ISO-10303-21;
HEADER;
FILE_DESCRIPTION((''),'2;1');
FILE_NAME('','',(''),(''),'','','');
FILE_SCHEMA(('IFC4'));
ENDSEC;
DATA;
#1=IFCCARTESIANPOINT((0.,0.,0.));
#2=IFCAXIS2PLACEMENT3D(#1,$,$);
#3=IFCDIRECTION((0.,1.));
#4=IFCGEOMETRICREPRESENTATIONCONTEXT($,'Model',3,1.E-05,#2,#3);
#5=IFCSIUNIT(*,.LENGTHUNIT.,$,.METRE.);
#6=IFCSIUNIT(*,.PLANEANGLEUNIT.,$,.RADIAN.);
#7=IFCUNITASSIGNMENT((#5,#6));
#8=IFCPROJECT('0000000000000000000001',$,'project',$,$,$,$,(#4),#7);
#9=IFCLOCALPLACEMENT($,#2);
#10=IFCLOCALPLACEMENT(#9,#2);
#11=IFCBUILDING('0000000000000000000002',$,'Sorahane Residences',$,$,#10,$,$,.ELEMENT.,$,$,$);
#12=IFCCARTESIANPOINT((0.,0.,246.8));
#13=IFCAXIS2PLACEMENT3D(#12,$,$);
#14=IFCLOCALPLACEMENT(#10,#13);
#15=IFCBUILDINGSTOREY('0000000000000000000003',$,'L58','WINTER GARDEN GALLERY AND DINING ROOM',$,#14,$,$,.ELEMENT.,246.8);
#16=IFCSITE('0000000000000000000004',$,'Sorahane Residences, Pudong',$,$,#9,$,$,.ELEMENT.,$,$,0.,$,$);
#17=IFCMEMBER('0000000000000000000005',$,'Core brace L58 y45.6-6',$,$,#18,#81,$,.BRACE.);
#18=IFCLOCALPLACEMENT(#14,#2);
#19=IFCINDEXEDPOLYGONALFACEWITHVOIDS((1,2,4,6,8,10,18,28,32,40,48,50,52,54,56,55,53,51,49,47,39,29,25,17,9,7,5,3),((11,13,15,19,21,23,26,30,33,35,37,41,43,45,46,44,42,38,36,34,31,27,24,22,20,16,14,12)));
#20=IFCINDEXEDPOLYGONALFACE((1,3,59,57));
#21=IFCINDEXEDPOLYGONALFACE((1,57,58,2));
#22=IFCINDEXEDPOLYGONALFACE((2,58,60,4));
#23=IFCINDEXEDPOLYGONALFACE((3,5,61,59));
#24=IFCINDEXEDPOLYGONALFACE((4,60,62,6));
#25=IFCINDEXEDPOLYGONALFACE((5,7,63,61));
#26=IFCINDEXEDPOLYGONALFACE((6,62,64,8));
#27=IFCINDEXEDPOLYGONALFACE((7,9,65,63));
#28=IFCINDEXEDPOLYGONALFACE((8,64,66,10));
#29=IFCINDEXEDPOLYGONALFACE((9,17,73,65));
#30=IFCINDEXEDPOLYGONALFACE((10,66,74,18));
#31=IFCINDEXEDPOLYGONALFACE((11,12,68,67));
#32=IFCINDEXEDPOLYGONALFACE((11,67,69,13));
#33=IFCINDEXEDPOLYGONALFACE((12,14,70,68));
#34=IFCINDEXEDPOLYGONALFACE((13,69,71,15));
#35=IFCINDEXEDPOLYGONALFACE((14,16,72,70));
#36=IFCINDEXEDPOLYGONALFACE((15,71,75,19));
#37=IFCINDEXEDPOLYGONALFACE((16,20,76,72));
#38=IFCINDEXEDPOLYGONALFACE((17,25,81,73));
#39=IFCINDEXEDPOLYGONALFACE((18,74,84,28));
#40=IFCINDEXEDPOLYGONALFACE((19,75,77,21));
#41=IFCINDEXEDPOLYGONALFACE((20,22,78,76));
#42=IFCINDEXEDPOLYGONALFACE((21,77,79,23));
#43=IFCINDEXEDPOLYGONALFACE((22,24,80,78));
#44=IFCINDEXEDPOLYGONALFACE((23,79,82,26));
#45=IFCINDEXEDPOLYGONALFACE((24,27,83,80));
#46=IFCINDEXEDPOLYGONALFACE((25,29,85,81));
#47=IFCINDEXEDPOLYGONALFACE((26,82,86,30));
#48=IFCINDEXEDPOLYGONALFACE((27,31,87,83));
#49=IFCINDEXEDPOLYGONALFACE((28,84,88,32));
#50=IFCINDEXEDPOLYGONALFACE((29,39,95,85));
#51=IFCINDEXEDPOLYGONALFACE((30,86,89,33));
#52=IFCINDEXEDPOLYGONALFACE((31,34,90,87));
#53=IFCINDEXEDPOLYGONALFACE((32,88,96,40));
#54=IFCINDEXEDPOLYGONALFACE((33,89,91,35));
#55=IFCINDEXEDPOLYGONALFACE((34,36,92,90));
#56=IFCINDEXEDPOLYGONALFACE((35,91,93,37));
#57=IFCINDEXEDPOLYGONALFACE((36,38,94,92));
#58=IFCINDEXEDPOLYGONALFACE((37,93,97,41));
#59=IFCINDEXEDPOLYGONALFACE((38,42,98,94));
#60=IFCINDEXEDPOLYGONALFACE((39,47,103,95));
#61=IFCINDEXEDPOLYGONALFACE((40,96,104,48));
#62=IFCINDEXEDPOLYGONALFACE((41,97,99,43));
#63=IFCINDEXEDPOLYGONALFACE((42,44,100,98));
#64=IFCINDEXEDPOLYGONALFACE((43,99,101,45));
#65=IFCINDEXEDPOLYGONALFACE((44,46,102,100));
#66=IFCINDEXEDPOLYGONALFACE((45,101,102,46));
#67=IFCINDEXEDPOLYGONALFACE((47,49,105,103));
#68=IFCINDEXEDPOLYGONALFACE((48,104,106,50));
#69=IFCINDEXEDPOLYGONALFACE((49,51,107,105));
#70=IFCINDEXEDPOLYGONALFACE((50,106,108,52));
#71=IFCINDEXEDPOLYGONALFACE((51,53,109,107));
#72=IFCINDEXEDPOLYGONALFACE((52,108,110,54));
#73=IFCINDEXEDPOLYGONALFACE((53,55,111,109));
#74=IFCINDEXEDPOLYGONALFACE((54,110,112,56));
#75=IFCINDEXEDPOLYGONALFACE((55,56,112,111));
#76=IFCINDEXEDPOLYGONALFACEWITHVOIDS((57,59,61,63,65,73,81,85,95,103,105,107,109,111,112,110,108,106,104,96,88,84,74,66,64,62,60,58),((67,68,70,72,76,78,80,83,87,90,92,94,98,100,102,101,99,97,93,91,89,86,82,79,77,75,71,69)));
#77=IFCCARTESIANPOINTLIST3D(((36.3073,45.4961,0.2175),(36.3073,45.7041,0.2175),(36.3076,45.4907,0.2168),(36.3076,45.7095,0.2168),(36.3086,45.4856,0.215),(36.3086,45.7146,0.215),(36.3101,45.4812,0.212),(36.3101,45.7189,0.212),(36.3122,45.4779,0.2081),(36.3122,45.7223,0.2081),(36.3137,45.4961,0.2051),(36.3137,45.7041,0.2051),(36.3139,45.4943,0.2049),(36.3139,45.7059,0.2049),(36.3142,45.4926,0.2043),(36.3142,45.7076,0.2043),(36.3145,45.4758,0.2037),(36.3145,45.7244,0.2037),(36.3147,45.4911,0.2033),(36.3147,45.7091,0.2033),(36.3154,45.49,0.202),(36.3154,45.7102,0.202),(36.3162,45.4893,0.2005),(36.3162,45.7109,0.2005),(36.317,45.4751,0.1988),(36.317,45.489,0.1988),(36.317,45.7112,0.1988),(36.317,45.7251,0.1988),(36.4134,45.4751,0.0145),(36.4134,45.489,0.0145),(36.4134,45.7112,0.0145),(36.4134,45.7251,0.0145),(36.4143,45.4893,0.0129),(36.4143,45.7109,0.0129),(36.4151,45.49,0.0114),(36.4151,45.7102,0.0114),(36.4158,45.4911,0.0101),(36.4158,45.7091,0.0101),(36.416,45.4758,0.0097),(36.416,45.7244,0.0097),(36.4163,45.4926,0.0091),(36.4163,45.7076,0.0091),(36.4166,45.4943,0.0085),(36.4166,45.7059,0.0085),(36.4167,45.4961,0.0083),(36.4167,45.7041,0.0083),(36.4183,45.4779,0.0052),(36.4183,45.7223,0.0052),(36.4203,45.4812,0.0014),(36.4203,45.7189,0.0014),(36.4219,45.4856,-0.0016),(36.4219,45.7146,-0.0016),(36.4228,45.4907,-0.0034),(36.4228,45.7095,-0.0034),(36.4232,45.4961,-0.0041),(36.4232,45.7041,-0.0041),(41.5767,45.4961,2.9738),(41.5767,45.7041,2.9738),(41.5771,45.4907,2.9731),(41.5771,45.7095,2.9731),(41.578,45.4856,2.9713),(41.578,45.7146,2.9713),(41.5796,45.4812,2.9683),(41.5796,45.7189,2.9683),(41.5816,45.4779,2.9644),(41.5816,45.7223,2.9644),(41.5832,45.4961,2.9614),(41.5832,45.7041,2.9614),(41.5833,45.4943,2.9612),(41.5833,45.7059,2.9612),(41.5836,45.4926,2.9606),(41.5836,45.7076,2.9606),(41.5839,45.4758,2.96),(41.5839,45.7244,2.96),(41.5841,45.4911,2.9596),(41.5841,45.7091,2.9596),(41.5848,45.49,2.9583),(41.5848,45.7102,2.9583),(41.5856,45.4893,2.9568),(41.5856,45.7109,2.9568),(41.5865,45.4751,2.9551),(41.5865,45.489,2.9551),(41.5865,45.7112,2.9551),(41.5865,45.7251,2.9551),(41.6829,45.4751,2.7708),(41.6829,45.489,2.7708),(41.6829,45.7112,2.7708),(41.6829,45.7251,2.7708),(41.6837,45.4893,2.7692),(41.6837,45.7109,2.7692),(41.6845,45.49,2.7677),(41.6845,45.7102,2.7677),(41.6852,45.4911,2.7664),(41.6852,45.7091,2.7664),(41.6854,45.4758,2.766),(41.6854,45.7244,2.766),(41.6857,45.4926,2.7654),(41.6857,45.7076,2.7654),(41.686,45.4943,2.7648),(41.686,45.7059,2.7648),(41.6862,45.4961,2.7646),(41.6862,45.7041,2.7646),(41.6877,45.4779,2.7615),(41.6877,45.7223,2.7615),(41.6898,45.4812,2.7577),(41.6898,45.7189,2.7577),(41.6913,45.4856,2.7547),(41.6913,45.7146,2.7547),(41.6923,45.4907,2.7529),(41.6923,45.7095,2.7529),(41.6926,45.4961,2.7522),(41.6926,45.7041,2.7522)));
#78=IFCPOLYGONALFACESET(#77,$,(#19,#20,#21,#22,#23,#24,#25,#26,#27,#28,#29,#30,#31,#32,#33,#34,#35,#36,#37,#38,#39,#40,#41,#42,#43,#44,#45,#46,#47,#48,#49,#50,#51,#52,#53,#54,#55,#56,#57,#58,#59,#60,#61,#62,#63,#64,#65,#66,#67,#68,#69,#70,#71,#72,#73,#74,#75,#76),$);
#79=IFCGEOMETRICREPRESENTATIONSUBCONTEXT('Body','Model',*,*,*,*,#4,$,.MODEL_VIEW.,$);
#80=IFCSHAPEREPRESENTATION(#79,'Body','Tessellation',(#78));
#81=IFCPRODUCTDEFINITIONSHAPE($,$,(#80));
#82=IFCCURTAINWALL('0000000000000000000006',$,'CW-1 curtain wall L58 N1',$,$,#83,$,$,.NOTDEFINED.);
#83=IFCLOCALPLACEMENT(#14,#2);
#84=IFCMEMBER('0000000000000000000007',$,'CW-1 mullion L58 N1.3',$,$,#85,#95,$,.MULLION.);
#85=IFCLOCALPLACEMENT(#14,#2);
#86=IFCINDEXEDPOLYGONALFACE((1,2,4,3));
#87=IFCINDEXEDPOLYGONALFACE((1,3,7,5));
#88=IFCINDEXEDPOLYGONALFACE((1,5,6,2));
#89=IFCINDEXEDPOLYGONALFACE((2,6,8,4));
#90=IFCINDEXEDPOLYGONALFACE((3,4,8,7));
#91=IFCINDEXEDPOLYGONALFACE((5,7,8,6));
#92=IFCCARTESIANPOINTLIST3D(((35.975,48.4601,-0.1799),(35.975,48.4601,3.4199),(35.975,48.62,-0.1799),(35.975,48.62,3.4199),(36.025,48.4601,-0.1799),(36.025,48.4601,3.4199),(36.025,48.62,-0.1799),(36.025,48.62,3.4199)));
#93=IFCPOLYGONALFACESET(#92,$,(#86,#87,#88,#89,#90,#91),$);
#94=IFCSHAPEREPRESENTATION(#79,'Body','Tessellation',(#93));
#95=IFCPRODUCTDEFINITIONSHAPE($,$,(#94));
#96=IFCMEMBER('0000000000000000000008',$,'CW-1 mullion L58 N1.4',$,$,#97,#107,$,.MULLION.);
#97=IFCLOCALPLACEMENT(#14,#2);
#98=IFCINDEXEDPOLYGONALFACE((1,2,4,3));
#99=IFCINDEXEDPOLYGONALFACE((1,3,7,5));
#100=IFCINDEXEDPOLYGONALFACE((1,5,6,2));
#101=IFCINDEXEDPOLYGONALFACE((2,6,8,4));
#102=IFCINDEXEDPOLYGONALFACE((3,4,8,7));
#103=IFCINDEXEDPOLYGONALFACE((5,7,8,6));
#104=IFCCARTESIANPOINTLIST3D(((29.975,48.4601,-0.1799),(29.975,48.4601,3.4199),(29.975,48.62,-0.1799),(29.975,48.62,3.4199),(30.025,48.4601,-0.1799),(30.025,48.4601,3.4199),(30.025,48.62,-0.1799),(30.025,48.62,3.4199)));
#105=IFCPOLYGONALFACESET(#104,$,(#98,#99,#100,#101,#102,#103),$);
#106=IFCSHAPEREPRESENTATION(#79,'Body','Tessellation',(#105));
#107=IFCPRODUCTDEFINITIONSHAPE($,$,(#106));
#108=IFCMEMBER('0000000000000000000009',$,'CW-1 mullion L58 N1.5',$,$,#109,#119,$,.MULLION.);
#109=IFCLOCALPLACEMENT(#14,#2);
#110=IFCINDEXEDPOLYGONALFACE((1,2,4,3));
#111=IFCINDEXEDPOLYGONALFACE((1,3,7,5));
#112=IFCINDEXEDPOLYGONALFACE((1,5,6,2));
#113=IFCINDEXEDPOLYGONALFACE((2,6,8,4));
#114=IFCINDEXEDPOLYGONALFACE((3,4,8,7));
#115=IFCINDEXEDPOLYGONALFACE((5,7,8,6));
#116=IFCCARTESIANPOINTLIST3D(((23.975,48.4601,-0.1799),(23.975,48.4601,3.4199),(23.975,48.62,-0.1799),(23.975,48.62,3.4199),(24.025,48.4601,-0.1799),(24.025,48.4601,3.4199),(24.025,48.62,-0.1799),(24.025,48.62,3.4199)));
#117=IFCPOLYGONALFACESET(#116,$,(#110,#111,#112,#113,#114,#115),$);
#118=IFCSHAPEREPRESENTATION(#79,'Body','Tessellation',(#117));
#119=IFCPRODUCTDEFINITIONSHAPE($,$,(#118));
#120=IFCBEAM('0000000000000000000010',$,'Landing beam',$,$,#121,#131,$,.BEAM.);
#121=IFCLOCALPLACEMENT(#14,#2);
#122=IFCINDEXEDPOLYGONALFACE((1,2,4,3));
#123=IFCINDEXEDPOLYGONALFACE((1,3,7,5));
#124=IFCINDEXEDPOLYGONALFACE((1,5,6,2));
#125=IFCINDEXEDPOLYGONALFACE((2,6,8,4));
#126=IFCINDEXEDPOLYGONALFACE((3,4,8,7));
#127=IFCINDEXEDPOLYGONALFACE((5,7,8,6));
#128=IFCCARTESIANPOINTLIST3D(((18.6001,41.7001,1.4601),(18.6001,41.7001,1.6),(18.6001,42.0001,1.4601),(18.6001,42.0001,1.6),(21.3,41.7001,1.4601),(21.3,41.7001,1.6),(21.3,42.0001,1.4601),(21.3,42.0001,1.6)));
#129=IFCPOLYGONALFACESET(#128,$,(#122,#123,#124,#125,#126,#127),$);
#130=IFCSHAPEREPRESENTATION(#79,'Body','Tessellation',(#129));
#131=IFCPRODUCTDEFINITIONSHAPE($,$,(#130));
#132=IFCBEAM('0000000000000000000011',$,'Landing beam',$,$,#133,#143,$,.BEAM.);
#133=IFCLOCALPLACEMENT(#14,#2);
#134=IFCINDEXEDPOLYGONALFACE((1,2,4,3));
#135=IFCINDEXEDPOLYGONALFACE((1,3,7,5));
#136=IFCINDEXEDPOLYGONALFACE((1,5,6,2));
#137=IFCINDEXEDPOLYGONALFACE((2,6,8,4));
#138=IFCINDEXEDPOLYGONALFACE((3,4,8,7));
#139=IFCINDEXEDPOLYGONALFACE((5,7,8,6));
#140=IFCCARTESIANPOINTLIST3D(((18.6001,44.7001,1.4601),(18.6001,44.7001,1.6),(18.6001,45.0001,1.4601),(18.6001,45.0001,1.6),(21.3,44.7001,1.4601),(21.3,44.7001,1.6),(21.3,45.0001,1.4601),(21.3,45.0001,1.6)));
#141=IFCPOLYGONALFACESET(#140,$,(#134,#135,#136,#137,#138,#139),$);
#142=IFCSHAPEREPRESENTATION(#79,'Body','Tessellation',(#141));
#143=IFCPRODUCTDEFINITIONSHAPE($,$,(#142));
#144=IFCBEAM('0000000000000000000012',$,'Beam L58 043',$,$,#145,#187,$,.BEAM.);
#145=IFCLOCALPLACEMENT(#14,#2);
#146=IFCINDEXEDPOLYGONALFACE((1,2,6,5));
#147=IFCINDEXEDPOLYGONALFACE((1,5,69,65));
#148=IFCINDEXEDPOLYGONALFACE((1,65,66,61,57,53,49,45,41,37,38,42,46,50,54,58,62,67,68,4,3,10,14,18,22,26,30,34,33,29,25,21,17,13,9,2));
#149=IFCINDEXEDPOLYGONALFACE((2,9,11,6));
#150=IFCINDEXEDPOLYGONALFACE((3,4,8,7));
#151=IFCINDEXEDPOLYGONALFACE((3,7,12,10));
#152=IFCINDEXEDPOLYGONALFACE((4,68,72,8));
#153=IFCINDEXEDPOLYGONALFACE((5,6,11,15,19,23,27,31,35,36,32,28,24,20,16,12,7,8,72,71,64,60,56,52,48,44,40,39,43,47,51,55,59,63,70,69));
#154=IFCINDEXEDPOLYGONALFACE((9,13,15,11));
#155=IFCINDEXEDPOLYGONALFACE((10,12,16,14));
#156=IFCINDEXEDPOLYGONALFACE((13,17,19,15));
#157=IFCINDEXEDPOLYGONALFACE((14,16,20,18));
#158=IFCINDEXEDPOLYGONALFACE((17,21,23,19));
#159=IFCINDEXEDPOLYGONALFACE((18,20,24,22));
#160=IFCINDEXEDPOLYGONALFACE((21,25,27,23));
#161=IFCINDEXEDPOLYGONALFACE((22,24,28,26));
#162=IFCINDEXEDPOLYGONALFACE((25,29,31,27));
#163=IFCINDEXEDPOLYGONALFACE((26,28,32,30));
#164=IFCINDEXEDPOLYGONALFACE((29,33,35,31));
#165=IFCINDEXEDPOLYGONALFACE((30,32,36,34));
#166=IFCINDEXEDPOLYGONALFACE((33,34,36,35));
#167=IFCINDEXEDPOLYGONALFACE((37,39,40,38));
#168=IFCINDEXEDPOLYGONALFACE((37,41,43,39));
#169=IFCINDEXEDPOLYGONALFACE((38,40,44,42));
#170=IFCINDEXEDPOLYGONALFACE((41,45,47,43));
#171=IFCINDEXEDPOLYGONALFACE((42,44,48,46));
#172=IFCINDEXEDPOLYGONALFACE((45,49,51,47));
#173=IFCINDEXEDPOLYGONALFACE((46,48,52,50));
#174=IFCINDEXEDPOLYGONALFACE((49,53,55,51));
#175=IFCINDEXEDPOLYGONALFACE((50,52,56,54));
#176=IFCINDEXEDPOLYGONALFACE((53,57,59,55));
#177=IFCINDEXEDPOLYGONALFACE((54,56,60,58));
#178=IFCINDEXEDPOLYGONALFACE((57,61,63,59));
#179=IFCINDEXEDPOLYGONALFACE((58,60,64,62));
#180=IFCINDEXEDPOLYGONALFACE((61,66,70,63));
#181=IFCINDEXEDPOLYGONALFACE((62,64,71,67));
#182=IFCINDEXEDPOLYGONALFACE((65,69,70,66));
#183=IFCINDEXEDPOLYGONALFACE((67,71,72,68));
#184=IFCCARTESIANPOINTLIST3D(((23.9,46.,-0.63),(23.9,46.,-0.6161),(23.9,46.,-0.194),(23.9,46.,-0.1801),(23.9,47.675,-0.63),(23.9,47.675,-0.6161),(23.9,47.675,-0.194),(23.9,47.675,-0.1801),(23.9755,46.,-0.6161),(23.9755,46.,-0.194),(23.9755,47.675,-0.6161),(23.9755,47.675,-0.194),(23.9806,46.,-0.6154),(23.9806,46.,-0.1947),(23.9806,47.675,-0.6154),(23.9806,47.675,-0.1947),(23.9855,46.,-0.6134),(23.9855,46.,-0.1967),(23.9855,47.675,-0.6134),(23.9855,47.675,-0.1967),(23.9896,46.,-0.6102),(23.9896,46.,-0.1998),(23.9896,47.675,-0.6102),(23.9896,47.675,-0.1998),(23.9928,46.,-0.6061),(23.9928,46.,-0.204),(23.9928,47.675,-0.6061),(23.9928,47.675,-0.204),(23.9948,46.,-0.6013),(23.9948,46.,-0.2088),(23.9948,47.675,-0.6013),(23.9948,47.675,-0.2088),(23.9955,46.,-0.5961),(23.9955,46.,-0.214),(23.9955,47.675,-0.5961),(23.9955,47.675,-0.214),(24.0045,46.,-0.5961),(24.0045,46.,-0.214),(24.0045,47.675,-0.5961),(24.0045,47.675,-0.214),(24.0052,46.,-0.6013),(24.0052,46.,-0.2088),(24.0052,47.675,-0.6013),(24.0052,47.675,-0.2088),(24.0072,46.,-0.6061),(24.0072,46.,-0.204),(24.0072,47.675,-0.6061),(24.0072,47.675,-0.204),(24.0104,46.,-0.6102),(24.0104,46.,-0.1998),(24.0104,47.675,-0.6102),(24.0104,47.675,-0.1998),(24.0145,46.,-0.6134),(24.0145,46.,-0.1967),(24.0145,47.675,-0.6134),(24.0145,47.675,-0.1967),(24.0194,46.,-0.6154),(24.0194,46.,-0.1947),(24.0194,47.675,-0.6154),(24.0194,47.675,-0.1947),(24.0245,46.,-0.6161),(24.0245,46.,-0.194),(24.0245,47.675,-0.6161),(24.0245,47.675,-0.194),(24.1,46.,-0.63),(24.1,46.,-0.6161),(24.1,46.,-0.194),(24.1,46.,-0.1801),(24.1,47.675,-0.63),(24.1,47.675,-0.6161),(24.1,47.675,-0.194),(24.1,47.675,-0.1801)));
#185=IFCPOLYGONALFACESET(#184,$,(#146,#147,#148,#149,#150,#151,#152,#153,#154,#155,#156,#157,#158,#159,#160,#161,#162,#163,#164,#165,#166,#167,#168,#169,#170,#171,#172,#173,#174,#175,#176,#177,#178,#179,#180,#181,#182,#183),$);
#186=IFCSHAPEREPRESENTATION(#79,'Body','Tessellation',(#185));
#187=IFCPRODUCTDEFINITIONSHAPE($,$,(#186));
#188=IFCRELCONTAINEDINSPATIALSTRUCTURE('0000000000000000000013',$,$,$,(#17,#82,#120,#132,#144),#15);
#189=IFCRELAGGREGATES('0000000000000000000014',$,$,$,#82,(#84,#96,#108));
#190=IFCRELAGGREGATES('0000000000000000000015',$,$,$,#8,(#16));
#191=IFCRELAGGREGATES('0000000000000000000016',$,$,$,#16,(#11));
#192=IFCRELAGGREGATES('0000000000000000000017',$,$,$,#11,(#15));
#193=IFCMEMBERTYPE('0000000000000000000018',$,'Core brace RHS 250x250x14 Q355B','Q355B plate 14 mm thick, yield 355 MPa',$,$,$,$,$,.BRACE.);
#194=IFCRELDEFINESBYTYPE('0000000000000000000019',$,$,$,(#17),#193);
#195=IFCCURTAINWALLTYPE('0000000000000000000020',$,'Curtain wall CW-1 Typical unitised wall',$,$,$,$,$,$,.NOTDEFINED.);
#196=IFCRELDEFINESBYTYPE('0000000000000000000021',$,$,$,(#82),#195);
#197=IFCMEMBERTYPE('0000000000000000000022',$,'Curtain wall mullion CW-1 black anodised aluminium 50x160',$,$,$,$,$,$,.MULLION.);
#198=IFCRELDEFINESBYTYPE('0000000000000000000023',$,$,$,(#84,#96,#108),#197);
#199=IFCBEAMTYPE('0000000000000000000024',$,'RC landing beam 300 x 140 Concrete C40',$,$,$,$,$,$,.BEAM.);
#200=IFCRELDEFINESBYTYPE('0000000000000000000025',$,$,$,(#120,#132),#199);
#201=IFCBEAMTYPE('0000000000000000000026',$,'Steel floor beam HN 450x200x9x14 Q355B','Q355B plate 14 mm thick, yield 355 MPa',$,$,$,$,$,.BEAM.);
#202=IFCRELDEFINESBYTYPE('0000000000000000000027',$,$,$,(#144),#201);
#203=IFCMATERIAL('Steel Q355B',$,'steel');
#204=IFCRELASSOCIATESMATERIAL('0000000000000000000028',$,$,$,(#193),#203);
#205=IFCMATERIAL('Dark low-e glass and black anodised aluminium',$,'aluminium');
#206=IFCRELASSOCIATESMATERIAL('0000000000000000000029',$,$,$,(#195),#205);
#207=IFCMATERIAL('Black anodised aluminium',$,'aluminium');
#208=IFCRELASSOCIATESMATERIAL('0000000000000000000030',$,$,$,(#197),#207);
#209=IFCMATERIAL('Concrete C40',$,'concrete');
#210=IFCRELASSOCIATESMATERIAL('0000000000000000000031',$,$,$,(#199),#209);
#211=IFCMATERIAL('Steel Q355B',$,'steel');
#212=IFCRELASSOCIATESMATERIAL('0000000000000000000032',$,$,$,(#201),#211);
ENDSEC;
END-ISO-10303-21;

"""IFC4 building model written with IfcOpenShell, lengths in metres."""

from ifc_helpers import new_model, si_unit, direction, frame, origin, origin_2d, place, context, subcontext, project, spatial, rectangle, hollow_rectangle, i_section, extrude, material, material_profile, profile_set, type_object, element, aggregate, save


model = new_model("IFC4")

# Units and contexts
model_context = context("Model", 3, precision=1e-05, world=origin(), true_north=direction((0.0, 1.0)))
body_context = subcontext(model_context, "Body", "Model", "MODEL_VIEW")
ifc_project = project(units=[si_unit("LENGTHUNIT", "METRE"), si_unit("PLANEANGLEUNIT", "RADIAN")], contexts=[model_context])

# Site, building, storey
site_placement = place(None, origin())
site = spatial("IfcSite", under=ifc_project, at=site_placement, Name="Sorahane Residences, Pudong", CompositionType="ELEMENT", RefElevation=0.0)
building_placement = place(site_placement, origin())
building = spatial("IfcBuilding", under=site, at=building_placement, Name="Sorahane Residences", CompositionType="ELEMENT")
storey_placement = place(building_placement, frame((0.0, 0.0, 246.8)))
storey = spatial("IfcBuildingStorey", under=building, at=storey_placement, Name="L58", Description="WINTER GARDEN GALLERY AND DINING ROOM", CompositionType="ELEMENT", Elevation=246.8)

# Member
ifc_material_1 = material(Name="Steel Q355B", Category="steel")
ifc_material_profile_1 = material_profile(ifc_material_1, hollow_rectangle(XDim=0.25, YDim=0.25, WallThickness=0.0139, InnerFilletRadius=0.0071, OuterFilletRadius=0.021, at=origin_2d()), Name="RHS 250x250x14")
ifc_profile_set_1 = profile_set([ifc_material_profile_1], Name="Steel Q355B")
member_type_1 = type_object("IfcMemberType", Name="Core brace RHS 250x250x14 Q355B", Description="Q355B plate 14 mm thick, yield 355 MPa", PredefinedType="BRACE", material=ifc_profile_set_1)
for number, where, z_axis, x_axis, name in (
    (1, (36.3652, 45.6001, 0.1067), (0.8861, 0.0, 0.463495), (0.0, 1.0, 0.0), "Core brace L58 y45.6-6"),
):
    element("IfcMember", number, at=place(storey_placement, frame(where, z_axis=z_axis, x_axis=x_axis)), inside=storey, type_object=member_type_1, Name=name, PredefinedType="BRACE", context=body_context, shape_type="SweptSolid", body=[
        extrude(hollow_rectangle(XDim=0.25, YDim=0.25, WallThickness=0.0139, InnerFilletRadius=0.0071, OuterFilletRadius=0.021, at=origin_2d()), origin(), (0.0, 0.0, 1.0), 5.9468),
    ])

# Curtain wall, members
ifc_material_2 = material(Name="Dark low-e glass and black anodised aluminium", Category="aluminium")
curtain_wall_type = type_object("IfcCurtainWallType", Name="Curtain wall CW-1 Typical unitised wall", PredefinedType="NOTDEFINED", material=ifc_material_2)
curtain_wall_placement = place(storey_placement, origin())
curtain_wall = element("IfcCurtainWall", 2, at=curtain_wall_placement, inside=storey, type_object=curtain_wall_type, Name="CW-1 curtain wall L58 N1", PredefinedType="NOTDEFINED")
ifc_material_3 = material(Name="Black anodised aluminium", Category="aluminium")
ifc_material_profile_2 = material_profile(ifc_material_3, rectangle(XDim=0.1599, YDim=0.05, at=origin_2d()), Name="Curtain wall mullion CW-1 black anodised aluminium 50x160")
ifc_profile_set_2 = profile_set([ifc_material_profile_2], Name="Black anodised aluminium")
member_type_2 = type_object("IfcMemberType", Name="Curtain wall mullion CW-1 black anodised aluminium 50x160", PredefinedType="MULLION", material=ifc_profile_set_2)
member_1_placement = place(storey_placement, frame((36.0, 48.54, -0.1799), z_axis=(0.0, 0.0, 1.0), x_axis=(0.0, 1.0, 0.0)))
member_1 = element("IfcMember", 3, at=member_1_placement, type_object=member_type_2, Name="CW-1 mullion L58 N1.3", PredefinedType="MULLION", context=body_context, shape_type="SweptSolid", body=[
    extrude(rectangle(XDim=0.1599, YDim=0.05, at=origin_2d()), origin(), (0.0, 0.0, 1.0), 3.5999),
])
member_2_placement = place(storey_placement, frame((30.0, 48.54, -0.1799), z_axis=(0.0, 0.0, 1.0), x_axis=(0.0, 1.0, 0.0)))
member_2 = element("IfcMember", 4, at=member_2_placement, type_object=member_type_2, Name="CW-1 mullion L58 N1.4", PredefinedType="MULLION", context=body_context, shape_type="SweptSolid", body=[
    extrude(rectangle(XDim=0.1599, YDim=0.05, at=origin_2d()), origin(), (0.0, 0.0, 1.0), 3.5999),
])
member_3_placement = place(storey_placement, frame((24.0, 48.54, -0.1799), z_axis=(0.0, 0.0, 1.0), x_axis=(0.0, 1.0, 0.0)))
member_3 = element("IfcMember", 5, at=member_3_placement, type_object=member_type_2, Name="CW-1 mullion L58 N1.5", PredefinedType="MULLION", context=body_context, shape_type="SweptSolid", body=[
    extrude(rectangle(XDim=0.1599, YDim=0.05, at=origin_2d()), origin(), (0.0, 0.0, 1.0), 3.5999),
])

# Beams
ifc_material_4 = material(Name="Concrete C40", Category="concrete")
ifc_material_profile_3 = material_profile(ifc_material_4, rectangle(XDim=0.3, YDim=0.1399, at=origin_2d()), Name="300x140")
ifc_profile_set_3 = profile_set([ifc_material_profile_3], Name="Concrete C40")
beam_type_1 = type_object("IfcBeamType", Name="RC landing beam 300 x 140 Concrete C40", PredefinedType="BEAM", material=ifc_profile_set_3)
for number, where, z_axis, x_axis, name in (
    (6, (18.6001, 41.8501, 1.53), (1.0, 0.0, 0.0), (0.0, 1.0, 0.0), "Landing beam"),
    (7, (18.6001, 44.8501, 1.53), (1.0, 0.0, 0.0), (0.0, 1.0, 0.0), "Landing beam"),
):
    element("IfcBeam", number, at=place(storey_placement, frame(where, z_axis=z_axis, x_axis=x_axis)), inside=storey, type_object=beam_type_1, Name=name, PredefinedType="BEAM", context=body_context, shape_type="SweptSolid", body=[
        extrude(rectangle(XDim=0.3, YDim=0.1399, at=origin_2d()), origin(), (0.0, 0.0, 1.0), 2.7),
    ])
ifc_material_5 = material(Name="Steel Q355B", Category="steel")
ifc_material_profile_4 = material_profile(ifc_material_5, i_section(OverallWidth=0.2, OverallDepth=0.45, WebThickness=0.009, FlangeThickness=0.0139, FilletRadius=0.02, at=origin_2d()), Name="HN 450x200x9x14")
ifc_profile_set_4 = profile_set([ifc_material_profile_4], Name="Steel Q355B")
beam_type_2 = type_object("IfcBeamType", Name="Steel floor beam HN 450x200x9x14 Q355B", Description="Q355B plate 14 mm thick, yield 355 MPa", PredefinedType="BEAM", material=ifc_profile_set_4)
beam_1_placement = place(storey_placement, frame((24.0, 46.0, -0.405), z_axis=(0.0, 1.0, 0.0), x_axis=(-1.0, 0.0, 0.0)))
element("IfcBeam", 8, at=beam_1_placement, inside=storey, type_object=beam_type_2, Name="Beam L58 043", PredefinedType="BEAM", context=body_context, shape_type="SweptSolid", body=[
    extrude(i_section(OverallWidth=0.2, OverallDepth=0.45, WebThickness=0.009, FlangeThickness=0.0139, FilletRadius=0.02, at=origin_2d()), origin(), (0.0, 0.0, 1.0), 1.675),
])

aggregate(curtain_wall, [member_1, member_2, member_3])

save(model, "model.ifc")
